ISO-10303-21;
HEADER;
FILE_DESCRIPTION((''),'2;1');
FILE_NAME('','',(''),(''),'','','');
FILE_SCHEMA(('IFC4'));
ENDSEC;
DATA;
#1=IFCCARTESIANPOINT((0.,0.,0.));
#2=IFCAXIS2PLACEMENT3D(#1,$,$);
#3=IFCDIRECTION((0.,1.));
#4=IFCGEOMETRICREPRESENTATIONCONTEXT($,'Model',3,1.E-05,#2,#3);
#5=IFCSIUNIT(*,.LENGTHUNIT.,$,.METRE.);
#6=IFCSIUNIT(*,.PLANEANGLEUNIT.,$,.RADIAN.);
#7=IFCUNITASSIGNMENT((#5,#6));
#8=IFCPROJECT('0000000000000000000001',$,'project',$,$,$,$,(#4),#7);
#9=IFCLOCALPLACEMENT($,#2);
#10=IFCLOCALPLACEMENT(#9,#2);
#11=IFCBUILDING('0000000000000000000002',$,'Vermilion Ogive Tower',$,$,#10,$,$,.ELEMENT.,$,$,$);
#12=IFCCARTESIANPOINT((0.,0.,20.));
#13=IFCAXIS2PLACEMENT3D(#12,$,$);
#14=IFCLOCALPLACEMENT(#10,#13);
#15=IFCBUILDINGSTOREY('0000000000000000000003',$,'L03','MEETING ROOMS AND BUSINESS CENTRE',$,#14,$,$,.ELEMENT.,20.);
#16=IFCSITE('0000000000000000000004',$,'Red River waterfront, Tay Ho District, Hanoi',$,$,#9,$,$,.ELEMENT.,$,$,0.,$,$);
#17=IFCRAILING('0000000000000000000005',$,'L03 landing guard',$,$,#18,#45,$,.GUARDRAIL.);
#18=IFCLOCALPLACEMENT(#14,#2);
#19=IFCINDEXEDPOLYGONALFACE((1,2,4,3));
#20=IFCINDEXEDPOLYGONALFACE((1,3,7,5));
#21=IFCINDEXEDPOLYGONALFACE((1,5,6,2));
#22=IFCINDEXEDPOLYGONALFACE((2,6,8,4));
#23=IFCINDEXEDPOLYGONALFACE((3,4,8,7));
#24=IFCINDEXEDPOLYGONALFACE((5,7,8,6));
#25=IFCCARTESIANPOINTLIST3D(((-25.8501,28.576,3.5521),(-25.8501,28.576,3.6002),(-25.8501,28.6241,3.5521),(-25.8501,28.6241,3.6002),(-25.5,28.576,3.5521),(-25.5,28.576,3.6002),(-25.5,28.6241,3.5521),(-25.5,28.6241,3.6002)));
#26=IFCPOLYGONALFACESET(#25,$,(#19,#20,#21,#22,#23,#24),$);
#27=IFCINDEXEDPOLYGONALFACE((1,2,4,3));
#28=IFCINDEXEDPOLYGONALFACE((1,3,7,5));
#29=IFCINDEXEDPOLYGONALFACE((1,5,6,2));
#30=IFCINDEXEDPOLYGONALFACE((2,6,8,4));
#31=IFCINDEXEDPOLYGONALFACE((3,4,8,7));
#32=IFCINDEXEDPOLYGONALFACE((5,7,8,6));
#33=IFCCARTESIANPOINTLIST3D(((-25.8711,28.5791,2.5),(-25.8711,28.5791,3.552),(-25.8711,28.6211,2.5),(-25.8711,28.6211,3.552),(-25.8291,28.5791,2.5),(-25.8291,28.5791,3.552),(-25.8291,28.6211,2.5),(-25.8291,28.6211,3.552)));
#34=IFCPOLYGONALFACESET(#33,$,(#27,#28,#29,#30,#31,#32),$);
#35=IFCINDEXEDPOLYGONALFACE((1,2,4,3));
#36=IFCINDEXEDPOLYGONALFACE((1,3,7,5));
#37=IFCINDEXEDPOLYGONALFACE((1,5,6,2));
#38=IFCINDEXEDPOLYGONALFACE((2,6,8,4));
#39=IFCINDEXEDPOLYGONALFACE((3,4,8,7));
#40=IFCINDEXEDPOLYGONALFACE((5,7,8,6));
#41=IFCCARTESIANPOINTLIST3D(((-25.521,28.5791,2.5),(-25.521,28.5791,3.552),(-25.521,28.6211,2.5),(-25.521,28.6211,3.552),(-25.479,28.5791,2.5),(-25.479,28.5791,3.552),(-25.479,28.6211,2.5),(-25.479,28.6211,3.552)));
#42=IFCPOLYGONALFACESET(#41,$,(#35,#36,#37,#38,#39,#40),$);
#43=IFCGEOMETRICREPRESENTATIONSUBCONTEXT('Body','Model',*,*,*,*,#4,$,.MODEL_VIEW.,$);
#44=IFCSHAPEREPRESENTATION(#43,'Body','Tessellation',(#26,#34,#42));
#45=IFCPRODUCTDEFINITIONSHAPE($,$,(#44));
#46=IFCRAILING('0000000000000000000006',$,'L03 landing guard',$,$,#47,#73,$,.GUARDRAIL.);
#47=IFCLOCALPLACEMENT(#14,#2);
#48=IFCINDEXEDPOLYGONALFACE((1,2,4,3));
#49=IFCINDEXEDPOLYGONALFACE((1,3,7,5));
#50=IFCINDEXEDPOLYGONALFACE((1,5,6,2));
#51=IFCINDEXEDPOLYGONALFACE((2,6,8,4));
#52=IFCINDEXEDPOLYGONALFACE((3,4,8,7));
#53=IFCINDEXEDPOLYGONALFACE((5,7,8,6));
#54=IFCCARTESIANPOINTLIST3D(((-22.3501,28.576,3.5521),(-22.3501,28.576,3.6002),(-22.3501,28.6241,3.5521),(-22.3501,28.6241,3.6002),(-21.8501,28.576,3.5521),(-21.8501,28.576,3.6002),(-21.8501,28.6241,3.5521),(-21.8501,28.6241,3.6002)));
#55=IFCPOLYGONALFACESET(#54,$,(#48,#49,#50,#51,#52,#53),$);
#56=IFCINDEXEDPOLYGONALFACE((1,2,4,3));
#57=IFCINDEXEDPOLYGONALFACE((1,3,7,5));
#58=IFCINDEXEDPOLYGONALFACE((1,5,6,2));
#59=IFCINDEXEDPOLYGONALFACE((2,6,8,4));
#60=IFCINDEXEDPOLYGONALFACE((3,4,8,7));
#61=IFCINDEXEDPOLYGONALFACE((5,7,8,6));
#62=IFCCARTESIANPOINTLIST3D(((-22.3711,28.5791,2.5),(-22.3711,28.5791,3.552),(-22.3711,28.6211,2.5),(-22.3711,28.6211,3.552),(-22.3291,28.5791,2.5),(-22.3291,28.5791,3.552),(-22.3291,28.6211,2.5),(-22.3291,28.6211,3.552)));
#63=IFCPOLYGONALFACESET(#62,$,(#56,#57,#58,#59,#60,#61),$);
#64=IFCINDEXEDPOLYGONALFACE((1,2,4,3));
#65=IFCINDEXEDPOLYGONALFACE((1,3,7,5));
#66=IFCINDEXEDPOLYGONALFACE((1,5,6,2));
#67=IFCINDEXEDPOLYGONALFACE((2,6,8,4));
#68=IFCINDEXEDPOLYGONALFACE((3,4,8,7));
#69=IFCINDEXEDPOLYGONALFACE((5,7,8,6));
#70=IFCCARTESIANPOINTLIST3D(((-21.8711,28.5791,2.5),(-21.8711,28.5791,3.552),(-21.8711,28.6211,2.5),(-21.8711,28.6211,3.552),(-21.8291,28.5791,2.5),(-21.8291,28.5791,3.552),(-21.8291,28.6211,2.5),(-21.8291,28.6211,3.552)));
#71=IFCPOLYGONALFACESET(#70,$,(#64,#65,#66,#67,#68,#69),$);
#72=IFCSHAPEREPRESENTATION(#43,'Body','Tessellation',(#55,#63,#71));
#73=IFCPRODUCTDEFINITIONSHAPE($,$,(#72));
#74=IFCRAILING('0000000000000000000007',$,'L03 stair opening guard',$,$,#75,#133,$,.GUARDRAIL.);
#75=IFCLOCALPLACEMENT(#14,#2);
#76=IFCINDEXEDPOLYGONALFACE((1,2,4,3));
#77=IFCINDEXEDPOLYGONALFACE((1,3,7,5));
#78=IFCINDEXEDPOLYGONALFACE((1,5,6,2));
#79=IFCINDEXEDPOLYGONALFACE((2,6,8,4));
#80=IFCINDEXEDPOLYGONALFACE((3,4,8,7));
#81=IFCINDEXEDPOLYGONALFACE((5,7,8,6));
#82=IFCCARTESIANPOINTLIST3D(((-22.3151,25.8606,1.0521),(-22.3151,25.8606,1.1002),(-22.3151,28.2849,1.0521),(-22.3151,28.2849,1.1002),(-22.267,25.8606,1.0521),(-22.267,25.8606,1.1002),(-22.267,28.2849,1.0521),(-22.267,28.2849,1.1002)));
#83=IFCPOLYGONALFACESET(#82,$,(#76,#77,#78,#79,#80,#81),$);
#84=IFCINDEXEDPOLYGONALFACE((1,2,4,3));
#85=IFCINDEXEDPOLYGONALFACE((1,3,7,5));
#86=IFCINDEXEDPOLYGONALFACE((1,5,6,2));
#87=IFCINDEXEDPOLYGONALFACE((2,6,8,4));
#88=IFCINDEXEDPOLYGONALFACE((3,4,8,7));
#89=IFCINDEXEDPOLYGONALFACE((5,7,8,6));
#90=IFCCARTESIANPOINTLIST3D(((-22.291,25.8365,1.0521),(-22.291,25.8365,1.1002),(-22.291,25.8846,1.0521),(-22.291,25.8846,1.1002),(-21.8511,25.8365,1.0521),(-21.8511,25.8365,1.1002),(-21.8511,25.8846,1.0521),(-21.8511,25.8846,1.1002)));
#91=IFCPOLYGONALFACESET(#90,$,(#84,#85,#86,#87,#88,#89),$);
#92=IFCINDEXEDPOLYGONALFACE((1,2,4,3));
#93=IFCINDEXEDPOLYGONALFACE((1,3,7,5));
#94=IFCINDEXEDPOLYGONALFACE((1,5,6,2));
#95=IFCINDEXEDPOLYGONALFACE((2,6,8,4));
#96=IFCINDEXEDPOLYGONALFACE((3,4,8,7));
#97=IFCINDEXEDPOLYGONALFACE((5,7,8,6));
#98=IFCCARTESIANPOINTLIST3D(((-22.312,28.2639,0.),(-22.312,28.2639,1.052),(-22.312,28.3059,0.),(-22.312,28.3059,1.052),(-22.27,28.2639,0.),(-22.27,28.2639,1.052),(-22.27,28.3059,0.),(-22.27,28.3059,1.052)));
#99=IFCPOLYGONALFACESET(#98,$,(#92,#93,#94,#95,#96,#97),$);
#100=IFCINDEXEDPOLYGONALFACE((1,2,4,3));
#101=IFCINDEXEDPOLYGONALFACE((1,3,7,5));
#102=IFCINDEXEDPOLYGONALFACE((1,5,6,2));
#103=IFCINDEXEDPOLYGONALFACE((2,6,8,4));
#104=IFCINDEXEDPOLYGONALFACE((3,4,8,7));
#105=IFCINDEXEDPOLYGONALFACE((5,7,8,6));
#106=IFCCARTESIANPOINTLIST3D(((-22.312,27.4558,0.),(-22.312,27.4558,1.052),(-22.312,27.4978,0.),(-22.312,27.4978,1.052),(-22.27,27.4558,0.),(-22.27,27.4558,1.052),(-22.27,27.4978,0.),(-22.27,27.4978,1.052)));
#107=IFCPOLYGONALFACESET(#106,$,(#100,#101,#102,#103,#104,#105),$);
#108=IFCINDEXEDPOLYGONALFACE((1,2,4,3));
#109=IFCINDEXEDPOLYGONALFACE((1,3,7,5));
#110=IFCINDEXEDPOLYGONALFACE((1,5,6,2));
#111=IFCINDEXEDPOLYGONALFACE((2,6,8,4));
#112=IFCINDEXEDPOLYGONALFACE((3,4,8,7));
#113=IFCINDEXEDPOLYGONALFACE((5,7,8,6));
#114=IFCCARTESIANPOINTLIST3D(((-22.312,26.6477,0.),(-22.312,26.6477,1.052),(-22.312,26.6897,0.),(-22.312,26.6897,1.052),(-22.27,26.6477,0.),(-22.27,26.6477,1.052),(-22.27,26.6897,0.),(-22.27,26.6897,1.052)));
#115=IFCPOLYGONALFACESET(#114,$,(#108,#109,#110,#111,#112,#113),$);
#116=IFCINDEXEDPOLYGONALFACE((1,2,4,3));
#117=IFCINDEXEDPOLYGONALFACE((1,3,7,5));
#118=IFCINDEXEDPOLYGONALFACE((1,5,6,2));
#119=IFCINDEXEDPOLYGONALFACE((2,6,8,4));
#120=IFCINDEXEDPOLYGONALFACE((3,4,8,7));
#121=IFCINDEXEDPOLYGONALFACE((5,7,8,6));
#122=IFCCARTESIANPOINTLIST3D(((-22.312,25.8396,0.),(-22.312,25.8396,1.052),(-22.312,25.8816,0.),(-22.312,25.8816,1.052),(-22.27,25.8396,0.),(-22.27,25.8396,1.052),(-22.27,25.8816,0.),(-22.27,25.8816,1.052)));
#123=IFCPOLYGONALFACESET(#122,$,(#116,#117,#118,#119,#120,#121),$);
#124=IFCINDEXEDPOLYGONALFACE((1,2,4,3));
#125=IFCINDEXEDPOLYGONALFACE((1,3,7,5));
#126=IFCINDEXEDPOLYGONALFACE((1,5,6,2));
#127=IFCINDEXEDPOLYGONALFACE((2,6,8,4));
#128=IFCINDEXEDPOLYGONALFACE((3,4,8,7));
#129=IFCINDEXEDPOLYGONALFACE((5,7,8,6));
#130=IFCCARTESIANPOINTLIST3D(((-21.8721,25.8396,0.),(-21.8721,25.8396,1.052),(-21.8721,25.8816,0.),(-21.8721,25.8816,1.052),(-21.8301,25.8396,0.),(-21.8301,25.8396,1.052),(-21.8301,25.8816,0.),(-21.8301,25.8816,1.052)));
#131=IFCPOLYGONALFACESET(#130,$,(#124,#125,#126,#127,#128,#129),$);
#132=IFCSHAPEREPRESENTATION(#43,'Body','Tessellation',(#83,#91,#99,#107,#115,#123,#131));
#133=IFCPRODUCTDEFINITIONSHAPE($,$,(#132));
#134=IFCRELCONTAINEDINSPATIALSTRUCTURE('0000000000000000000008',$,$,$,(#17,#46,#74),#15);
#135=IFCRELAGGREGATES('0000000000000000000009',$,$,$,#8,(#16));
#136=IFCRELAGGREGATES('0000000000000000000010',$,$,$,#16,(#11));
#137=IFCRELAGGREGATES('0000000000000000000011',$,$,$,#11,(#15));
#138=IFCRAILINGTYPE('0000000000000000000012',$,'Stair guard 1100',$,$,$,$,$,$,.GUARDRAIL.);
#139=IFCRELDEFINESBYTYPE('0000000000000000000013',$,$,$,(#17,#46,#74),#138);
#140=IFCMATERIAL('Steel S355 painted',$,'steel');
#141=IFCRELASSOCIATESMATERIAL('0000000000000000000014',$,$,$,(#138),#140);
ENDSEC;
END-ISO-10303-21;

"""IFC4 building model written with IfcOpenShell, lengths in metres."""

from ifc_helpers import new_model, si_unit, direction, frame, origin, origin_2d, place, context, subcontext, project, spatial, rectangle, extrude, material, type_object, element, save


model = new_model("IFC4")

# Units and contexts
model_context = context("Model", 3, precision=1e-05, world=origin(), true_north=direction((0.0, 1.0)))
body_context = subcontext(model_context, "Body", "Model", "MODEL_VIEW")
ifc_project = project(units=[si_unit("LENGTHUNIT", "METRE"), si_unit("PLANEANGLEUNIT", "RADIAN")], contexts=[model_context])

# Site, building, storey
site_placement = place(None, origin())
site = spatial("IfcSite", under=ifc_project, at=site_placement, Name="Red River waterfront, Tay Ho District, Hanoi", CompositionType="ELEMENT", RefElevation=0.0)
building_placement = place(site_placement, origin())
building = spatial("IfcBuilding", under=site, at=building_placement, Name="Vermilion Ogive Tower", CompositionType="ELEMENT")
storey_placement = place(building_placement, frame((0.0, 0.0, 20.0)))
storey = spatial("IfcBuildingStorey", under=building, at=storey_placement, Name="L03", Description="MEETING ROOMS AND BUSINESS CENTRE", CompositionType="ELEMENT", Elevation=20.0)

# Railings
ifc_material_1 = material(Name="Steel S355 painted", Category="steel")
railing_type_1 = type_object("IfcRailingType", Name="Stair guard 1100", PredefinedType="GUARDRAIL", material=ifc_material_1)
railing_1_placement = place(storey_placement, frame((-25.8501, 28.6001, 2.5)))
element("IfcRailing", 1, at=railing_1_placement, inside=storey, type_object=railing_type_1, Name="L03 landing guard", PredefinedType="GUARDRAIL", context=body_context, shape_type="SweptSolid", body=[
    extrude(rectangle(XDim=0.0481, YDim=0.0481, at=origin_2d()), frame((0.0, 0.0, 1.0762), z_axis=(1.0, 0.0, 0.0), x_axis=(0.0, 1.0, 0.0)), (0.0, 0.0, 1.0), 0.3501),
    extrude(rectangle(XDim=0.042, YDim=0.042, at=origin_2d()), origin(), (0.0, 0.0, 1.0), 1.052),
    extrude(rectangle(XDim=0.042, YDim=0.042, at=origin_2d()), frame((0.3501, 0.0, 0.0)), (0.0, 0.0, 1.0), 1.052),
])
railing_2_placement = place(storey_placement, frame((-22.3501, 28.6001, 2.5)))
element("IfcRailing", 2, at=railing_2_placement, inside=storey, type_object=railing_type_1, Name="L03 landing guard", PredefinedType="GUARDRAIL", context=body_context, shape_type="SweptSolid", body=[
    extrude(rectangle(XDim=0.0481, YDim=0.0481, at=origin_2d()), frame((0.0, 0.0, 1.0762), z_axis=(1.0, 0.0, 0.0), x_axis=(0.0, 1.0, 0.0)), (0.0, 0.0, 1.0), 0.5),
    extrude(rectangle(XDim=0.042, YDim=0.042, at=origin_2d()), origin(), (0.0, 0.0, 1.0), 1.052),
    extrude(rectangle(XDim=0.042, YDim=0.042, at=origin_2d()), frame((0.5, 0.0, 0.0)), (0.0, 0.0, 1.0), 1.052),
])
railing_3_placement = place(storey_placement, frame((-22.291, 28.2849, 0.0)))
element("IfcRailing", 3, at=railing_3_placement, inside=storey, type_object=railing_type_1, Name="L03 stair opening guard", PredefinedType="GUARDRAIL", context=body_context, shape_type="SweptSolid", body=[
    extrude(rectangle(XDim=0.0481, YDim=0.0481, at=origin_2d()), frame((0.0, 0.0, 1.0762), z_axis=(0.0, -1.0, 0.0), x_axis=(1.0, 0.0, 0.0)), (0.0, 0.0, 1.0), 2.4243),
    extrude(rectangle(XDim=0.0481, YDim=0.0481, at=origin_2d()), frame((0.0, -2.4243, 1.0762), z_axis=(1.0, 0.0, 0.0), x_axis=(0.0, 1.0, 0.0)), (0.0, 0.0, 1.0), 0.4399),
    extrude(rectangle(XDim=0.042, YDim=0.042, at=origin_2d()), origin(), (0.0, 0.0, 1.0), 1.052),
    extrude(rectangle(XDim=0.042, YDim=0.042, at=origin_2d()), frame((0.0, -0.8081, 0.0)), (0.0, 0.0, 1.0), 1.052),
    extrude(rectangle(XDim=0.042, YDim=0.042, at=origin_2d()), frame((0.0, -1.6162, 0.0)), (0.0, 0.0, 1.0), 1.052),
    extrude(rectangle(XDim=0.042, YDim=0.042, at=origin_2d()), frame((0.0, -2.4243, 0.0)), (0.0, 0.0, 1.0), 1.052),
    extrude(rectangle(XDim=0.042, YDim=0.042, at=origin_2d()), frame((0.4399, -2.4243, 0.0)), (0.0, 0.0, 1.0), 1.052),
])

save(model, "model.ifc")
